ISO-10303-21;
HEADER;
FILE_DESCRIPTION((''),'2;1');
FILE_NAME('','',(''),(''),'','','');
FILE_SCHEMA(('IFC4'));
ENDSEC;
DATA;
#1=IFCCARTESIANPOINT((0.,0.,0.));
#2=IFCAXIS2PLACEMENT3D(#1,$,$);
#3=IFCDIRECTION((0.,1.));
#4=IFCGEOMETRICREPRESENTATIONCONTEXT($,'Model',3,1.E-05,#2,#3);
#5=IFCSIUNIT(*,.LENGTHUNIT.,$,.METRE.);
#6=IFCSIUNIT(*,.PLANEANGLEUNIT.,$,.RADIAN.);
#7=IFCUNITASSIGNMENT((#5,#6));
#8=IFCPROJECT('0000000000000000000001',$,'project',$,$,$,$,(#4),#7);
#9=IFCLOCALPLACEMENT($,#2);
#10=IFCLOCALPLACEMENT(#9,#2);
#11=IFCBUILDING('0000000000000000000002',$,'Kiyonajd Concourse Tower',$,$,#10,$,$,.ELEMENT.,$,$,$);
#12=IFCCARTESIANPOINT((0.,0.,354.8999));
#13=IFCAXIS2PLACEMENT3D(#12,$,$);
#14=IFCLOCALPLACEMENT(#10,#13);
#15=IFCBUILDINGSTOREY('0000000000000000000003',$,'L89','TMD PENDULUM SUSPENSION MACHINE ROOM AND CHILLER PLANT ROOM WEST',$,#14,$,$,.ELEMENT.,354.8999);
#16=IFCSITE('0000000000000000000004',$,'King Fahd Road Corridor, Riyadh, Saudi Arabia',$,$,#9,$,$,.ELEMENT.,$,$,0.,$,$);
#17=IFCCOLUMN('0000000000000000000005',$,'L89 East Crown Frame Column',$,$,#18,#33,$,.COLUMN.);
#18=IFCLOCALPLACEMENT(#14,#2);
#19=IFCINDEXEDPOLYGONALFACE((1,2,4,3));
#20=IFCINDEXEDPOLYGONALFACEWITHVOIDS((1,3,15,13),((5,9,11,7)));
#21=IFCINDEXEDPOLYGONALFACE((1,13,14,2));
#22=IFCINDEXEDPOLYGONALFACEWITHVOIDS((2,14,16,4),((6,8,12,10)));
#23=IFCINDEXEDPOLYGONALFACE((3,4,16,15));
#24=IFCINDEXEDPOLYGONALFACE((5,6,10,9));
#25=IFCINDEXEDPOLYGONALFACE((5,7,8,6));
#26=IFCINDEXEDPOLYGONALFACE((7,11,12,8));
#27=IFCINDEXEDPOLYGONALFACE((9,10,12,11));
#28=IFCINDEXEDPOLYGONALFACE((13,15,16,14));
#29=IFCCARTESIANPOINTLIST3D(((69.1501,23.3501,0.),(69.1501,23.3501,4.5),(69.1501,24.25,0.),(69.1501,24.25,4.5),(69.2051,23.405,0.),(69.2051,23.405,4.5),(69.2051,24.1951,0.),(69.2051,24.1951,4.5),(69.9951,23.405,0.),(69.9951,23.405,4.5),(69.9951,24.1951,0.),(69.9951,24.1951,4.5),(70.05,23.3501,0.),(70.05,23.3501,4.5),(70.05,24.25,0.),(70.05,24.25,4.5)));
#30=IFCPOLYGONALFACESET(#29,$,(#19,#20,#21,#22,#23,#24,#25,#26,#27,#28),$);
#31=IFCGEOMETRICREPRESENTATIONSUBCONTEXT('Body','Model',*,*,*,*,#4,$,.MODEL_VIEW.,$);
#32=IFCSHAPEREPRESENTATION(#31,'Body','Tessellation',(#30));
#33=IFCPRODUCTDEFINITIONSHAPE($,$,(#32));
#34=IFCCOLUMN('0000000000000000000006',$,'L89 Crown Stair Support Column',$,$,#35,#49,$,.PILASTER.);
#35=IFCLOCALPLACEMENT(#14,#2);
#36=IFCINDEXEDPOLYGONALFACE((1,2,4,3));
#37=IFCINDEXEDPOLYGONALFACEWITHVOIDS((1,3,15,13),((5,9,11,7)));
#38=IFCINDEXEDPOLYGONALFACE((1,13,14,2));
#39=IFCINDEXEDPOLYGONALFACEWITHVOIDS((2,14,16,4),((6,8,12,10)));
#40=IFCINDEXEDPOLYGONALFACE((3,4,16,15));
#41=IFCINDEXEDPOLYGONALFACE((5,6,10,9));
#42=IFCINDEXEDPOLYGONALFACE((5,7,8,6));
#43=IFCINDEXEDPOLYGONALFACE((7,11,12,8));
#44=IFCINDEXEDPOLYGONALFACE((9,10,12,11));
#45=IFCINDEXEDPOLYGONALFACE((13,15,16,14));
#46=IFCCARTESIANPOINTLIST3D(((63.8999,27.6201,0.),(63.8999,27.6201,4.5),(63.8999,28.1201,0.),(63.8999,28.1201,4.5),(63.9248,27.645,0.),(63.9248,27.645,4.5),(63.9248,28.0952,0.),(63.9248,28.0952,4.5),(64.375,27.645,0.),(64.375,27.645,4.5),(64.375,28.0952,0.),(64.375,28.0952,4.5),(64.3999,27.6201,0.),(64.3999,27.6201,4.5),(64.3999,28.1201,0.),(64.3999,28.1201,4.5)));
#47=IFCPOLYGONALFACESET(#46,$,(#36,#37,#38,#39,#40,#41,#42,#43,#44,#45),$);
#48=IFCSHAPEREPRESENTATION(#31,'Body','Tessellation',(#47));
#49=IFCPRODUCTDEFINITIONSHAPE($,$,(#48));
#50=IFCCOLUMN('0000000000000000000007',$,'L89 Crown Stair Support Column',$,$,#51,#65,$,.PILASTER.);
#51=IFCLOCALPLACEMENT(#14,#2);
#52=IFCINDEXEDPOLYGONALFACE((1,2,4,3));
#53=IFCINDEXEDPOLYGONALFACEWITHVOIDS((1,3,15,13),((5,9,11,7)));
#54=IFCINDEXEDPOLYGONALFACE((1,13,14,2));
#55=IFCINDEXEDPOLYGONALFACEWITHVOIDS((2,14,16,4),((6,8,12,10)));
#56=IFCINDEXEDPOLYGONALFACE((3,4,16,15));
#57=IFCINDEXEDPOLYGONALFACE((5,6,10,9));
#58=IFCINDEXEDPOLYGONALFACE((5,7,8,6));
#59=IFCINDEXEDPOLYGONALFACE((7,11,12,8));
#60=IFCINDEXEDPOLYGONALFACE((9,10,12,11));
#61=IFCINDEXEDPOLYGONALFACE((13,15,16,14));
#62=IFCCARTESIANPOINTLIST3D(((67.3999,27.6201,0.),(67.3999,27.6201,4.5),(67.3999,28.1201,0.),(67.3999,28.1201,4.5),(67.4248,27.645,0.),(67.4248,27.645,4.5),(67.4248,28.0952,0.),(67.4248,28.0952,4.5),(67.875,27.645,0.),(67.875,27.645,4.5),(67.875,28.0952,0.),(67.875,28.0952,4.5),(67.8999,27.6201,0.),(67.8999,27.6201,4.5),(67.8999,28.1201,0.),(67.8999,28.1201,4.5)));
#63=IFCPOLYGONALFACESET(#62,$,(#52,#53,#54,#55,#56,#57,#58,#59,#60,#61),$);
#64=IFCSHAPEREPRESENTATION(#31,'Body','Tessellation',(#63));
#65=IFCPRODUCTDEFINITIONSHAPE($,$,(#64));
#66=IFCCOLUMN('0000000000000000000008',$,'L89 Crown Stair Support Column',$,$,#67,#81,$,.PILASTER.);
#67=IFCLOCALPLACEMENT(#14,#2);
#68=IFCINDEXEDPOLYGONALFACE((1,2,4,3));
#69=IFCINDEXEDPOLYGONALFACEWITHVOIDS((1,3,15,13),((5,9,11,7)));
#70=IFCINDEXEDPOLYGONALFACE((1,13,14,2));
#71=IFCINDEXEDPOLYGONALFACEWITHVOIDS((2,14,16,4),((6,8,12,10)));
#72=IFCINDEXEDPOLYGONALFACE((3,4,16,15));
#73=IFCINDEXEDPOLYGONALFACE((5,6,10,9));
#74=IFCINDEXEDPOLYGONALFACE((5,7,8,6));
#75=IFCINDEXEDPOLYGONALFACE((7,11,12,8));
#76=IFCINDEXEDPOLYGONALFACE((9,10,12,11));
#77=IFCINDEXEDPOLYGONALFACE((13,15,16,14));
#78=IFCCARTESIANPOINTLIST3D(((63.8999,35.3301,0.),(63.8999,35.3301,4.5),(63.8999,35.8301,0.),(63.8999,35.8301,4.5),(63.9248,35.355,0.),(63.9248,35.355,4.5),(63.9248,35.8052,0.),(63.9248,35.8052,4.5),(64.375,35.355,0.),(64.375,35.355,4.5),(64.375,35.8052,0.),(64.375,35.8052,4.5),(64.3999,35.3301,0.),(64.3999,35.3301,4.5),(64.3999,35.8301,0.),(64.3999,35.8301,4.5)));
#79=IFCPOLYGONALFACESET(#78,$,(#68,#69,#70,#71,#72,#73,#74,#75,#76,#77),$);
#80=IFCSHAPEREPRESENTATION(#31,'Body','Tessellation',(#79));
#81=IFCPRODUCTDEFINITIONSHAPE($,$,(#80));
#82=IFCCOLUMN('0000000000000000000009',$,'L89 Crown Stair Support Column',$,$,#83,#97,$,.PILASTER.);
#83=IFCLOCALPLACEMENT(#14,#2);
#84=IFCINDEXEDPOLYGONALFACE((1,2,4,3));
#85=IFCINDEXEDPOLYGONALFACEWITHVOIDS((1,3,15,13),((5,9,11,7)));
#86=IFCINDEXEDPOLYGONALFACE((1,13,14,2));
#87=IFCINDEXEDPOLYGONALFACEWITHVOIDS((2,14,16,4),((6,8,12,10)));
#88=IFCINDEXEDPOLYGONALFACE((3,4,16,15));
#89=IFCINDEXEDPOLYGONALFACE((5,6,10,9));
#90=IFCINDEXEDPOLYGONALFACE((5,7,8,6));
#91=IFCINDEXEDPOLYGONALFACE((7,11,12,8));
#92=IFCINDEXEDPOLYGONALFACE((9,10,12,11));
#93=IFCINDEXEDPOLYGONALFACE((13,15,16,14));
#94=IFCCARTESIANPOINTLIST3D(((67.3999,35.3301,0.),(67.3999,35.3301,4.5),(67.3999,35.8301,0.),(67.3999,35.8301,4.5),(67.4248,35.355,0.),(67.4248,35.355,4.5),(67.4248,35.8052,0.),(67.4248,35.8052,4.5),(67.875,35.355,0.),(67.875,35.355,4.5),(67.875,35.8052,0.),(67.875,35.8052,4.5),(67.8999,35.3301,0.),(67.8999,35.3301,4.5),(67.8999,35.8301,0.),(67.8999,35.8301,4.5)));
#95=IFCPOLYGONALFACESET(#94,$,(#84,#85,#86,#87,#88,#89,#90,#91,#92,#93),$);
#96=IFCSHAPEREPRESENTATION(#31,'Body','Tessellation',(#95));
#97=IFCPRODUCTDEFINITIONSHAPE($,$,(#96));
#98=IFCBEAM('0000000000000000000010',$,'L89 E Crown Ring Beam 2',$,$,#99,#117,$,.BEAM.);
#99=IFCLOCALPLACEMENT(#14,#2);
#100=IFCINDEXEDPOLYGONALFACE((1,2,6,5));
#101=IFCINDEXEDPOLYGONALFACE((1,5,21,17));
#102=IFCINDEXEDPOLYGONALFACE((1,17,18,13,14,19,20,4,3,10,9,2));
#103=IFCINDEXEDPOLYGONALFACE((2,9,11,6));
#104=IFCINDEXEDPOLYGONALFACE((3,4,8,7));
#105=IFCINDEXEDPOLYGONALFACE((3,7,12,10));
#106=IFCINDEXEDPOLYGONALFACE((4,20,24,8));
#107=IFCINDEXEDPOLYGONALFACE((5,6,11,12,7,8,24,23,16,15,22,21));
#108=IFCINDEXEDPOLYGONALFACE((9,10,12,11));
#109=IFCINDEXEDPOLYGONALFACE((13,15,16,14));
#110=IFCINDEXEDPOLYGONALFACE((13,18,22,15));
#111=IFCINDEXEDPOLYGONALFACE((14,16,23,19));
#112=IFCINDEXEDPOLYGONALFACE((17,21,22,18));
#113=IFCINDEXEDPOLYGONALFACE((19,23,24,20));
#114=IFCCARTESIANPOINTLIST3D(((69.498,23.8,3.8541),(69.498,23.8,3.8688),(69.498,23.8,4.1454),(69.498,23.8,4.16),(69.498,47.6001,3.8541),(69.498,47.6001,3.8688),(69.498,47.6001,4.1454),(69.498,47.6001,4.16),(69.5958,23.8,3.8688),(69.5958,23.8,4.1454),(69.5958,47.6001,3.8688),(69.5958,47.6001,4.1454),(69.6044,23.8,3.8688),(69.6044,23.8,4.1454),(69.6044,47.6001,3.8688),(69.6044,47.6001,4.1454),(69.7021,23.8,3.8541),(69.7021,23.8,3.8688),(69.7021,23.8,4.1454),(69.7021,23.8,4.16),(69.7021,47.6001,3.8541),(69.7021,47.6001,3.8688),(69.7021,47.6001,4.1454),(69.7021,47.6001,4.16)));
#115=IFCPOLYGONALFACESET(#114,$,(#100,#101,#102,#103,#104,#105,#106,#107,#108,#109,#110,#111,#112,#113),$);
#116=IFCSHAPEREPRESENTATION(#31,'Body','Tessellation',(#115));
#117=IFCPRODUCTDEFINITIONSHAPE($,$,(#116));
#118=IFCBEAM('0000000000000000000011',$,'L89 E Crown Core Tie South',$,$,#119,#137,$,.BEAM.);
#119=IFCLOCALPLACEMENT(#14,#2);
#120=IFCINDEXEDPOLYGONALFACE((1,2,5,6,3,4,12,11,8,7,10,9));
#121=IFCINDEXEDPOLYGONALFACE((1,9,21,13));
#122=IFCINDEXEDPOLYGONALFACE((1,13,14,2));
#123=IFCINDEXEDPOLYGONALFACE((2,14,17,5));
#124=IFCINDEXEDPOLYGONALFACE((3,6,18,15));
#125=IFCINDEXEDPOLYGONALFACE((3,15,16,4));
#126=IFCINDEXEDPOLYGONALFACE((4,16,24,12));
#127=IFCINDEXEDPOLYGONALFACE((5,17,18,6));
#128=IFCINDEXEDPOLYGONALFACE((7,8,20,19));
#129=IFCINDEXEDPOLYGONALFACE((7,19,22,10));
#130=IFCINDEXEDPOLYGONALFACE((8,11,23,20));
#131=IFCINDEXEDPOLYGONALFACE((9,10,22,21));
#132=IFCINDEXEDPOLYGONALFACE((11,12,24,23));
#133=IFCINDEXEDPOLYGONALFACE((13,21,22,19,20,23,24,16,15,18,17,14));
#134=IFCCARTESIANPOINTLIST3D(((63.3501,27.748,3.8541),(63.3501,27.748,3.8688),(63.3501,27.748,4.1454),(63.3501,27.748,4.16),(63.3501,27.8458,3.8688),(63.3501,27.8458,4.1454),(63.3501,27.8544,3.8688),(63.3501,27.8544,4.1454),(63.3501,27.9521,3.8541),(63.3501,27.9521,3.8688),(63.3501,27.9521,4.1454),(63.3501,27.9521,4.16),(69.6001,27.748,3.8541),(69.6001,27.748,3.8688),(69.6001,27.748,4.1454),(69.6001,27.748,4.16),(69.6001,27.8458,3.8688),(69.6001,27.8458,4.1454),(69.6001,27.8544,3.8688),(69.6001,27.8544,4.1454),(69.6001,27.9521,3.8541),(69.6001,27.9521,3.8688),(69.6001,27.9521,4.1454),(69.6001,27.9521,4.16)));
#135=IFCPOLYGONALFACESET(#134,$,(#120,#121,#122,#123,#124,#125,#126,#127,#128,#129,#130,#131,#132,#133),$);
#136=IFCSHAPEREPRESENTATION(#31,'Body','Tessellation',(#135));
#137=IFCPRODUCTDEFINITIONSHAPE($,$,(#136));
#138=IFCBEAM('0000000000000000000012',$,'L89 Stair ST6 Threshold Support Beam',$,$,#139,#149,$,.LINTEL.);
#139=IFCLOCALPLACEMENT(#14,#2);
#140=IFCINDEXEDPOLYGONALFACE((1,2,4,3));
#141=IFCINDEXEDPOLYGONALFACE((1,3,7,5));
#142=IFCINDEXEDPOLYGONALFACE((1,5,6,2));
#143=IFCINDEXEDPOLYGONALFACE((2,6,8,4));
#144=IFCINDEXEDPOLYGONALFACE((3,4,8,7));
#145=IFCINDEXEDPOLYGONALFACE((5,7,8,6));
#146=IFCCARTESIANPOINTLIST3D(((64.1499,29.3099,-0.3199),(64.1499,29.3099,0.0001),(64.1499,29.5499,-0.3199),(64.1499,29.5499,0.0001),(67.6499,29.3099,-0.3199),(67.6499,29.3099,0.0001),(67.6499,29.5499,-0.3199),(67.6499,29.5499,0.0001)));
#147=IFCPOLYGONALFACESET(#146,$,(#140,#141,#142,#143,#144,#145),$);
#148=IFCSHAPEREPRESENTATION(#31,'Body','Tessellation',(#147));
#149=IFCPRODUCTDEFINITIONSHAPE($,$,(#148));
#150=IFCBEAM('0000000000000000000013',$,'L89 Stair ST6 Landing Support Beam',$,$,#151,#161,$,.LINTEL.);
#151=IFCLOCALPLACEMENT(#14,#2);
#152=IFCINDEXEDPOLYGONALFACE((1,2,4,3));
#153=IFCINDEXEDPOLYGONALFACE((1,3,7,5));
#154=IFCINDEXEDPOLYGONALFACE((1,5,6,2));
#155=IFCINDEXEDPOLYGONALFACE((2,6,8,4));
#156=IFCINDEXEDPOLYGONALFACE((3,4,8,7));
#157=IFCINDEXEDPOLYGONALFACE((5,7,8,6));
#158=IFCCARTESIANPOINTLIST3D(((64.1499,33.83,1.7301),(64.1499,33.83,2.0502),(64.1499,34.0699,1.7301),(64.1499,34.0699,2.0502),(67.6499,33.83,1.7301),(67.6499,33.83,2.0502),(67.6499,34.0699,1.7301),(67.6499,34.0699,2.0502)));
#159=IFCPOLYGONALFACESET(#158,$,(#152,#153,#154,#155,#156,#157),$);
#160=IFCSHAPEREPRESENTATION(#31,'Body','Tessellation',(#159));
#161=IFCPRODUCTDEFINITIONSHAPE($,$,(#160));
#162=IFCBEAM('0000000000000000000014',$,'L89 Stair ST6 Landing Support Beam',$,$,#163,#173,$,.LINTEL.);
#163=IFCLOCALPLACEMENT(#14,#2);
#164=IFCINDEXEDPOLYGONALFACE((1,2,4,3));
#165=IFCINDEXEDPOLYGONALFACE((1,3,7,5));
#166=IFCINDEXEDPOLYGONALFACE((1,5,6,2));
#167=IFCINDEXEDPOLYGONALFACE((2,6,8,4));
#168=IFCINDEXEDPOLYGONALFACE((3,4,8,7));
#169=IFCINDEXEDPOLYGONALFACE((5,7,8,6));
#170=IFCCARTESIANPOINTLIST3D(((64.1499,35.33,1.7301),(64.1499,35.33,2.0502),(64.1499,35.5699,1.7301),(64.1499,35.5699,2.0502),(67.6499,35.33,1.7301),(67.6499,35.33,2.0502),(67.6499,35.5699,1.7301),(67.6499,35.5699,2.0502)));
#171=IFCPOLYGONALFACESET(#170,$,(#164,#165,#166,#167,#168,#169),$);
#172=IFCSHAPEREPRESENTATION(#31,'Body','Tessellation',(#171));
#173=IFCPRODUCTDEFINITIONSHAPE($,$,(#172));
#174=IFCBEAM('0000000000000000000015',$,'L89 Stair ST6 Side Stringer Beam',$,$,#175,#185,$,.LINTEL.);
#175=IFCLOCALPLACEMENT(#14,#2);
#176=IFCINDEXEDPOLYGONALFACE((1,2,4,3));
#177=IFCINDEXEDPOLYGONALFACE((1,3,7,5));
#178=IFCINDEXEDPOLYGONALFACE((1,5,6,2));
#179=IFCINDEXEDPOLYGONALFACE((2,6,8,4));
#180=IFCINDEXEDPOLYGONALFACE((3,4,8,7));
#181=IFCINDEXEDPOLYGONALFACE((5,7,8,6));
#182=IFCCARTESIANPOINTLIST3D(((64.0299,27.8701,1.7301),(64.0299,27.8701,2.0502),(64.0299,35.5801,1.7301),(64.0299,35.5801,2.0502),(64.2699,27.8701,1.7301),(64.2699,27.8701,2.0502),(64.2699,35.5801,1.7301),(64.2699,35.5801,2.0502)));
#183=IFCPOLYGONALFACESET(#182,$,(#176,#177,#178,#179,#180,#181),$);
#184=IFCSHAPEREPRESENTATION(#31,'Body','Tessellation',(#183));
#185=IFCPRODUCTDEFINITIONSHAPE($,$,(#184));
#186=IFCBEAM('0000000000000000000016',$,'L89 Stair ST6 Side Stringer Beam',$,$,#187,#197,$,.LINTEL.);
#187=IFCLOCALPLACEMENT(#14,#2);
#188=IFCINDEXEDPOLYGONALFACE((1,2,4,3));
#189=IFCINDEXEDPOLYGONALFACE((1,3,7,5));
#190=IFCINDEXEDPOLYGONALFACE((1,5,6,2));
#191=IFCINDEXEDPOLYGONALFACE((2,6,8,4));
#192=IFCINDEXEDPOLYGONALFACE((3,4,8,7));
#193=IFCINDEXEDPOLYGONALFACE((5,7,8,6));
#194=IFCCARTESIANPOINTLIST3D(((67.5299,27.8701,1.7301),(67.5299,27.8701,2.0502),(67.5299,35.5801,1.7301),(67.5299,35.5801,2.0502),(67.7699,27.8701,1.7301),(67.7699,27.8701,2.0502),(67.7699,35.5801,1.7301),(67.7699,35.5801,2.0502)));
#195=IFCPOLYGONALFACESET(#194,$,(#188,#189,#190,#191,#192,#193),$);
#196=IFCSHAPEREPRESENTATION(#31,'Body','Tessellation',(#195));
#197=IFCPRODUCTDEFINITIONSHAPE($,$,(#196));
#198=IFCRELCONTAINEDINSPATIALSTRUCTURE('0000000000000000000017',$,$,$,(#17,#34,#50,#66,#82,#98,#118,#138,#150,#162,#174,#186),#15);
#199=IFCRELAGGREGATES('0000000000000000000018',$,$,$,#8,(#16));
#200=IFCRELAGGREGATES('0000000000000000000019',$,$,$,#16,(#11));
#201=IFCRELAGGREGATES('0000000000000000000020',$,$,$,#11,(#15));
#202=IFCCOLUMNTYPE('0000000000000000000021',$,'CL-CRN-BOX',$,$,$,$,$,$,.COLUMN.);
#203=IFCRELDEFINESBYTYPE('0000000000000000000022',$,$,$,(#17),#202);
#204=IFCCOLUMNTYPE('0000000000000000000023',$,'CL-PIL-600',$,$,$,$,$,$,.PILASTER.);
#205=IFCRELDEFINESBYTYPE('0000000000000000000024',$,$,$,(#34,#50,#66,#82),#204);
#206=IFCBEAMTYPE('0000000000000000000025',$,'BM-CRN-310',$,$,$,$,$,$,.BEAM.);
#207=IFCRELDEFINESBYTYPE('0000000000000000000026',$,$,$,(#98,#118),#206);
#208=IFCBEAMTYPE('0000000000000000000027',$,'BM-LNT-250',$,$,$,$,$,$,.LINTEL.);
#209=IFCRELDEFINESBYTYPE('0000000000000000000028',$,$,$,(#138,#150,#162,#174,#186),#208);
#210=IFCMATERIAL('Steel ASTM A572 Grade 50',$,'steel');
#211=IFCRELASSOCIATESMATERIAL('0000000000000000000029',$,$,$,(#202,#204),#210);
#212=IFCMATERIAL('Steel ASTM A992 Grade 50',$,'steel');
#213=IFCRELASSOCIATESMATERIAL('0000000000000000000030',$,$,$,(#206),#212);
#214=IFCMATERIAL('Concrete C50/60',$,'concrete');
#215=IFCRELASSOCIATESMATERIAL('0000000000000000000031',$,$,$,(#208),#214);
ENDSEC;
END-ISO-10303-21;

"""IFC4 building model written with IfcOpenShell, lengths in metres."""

from ifc_helpers import new_model, si_unit, direction, frame, origin, origin_2d, place, context, subcontext, project, spatial, rectangle, hollow_rectangle, i_section, extrude, material, material_profile, profile_set, type_object, element, save


model = new_model("IFC4")

# Units and contexts
model_context = context("Model", 3, precision=1e-05, world=origin(), true_north=direction((0.0, 1.0)))
body_context = subcontext(model_context, "Body", "Model", "MODEL_VIEW")
ifc_project = project(units=[si_unit("LENGTHUNIT", "METRE"), si_unit("PLANEANGLEUNIT", "RADIAN")], contexts=[model_context])

# Site, building, storey
site_placement = place(None, origin())
site = spatial("IfcSite", under=ifc_project, at=site_placement, Name="King Fahd Road Corridor, Riyadh, Saudi Arabia", CompositionType="ELEMENT", RefElevation=0.0)
building_placement = place(site_placement, origin())
building = spatial("IfcBuilding", under=site, at=building_placement, Name="Kiyonajd Concourse Tower", CompositionType="ELEMENT")
storey_placement = place(building_placement, frame((0.0, 0.0, 354.8999)))
storey = spatial("IfcBuildingStorey", under=building, at=storey_placement, Name="L89", Description="TMD PENDULUM SUSPENSION MACHINE ROOM AND CHILLER PLANT ROOM WEST", CompositionType="ELEMENT", Elevation=354.8999)

# Columns
ifc_material_1 = material(Name="Steel ASTM A572 Grade 50", Category="steel")
ifc_material_profile_1 = material_profile(ifc_material_1, hollow_rectangle(XDim=0.8999, YDim=0.8999, WallThickness=0.0549, at=origin_2d()), Name="BOX-900x900x55")
ifc_profile_set_1 = profile_set([ifc_material_profile_1], Name="Steel ASTM A572 Grade 50")
column_type_1 = type_object("IfcColumnType", Name="CL-CRN-BOX", PredefinedType="COLUMN", material=ifc_profile_set_1)
column_placement = place(storey_placement, frame((69.6001, 23.8, 0.0), z_axis=(0.0, 0.0, 1.0), x_axis=(1.0, 0.0, 0.0)))
element("IfcColumn", 1, at=column_placement, inside=storey, type_object=column_type_1, Name="L89 East Crown Frame Column", PredefinedType="COLUMN", context=body_context, shape_type="SweptSolid", body=[
    extrude(hollow_rectangle(XDim=0.8999, YDim=0.8999, WallThickness=0.0549, at=origin_2d()), origin(), (0.0, 0.0, 1.0), 4.5),
])
ifc_material_profile_2 = material_profile(ifc_material_1, hollow_rectangle(XDim=0.5, YDim=0.5, WallThickness=0.0249, at=origin_2d()), Name="HSS-500x500x25")
ifc_profile_set_2 = profile_set([ifc_material_profile_2], Name="Steel ASTM A572 Grade 50")
column_type_2 = type_object("IfcColumnType", Name="CL-PIL-600", PredefinedType="PILASTER", material=ifc_profile_set_2)
for number, where, z_axis, x_axis, name in (
    (2, (64.1499, 27.8701, 0.0), (0.0, 0.0, 1.0), (1.0, 0.0, 0.0), "L89 Crown Stair Support Column"),
    (3, (67.6499, 27.8701, 0.0), (0.0, 0.0, 1.0), (1.0, 0.0, 0.0), "L89 Crown Stair Support Column"),
    (4, (64.1499, 35.5801, 0.0), (0.0, 0.0, 1.0), (1.0, 0.0, 0.0), "L89 Crown Stair Support Column"),
    (5, (67.6499, 35.5801, 0.0), (0.0, 0.0, 1.0), (1.0, 0.0, 0.0), "L89 Crown Stair Support Column"),
):
    element("IfcColumn", number, at=place(storey_placement, frame(where, z_axis=z_axis, x_axis=x_axis)), inside=storey, type_object=column_type_2, Name=name, PredefinedType="PILASTER", context=body_context, shape_type="SweptSolid", body=[
        extrude(hollow_rectangle(XDim=0.5, YDim=0.5, WallThickness=0.0249, at=origin_2d()), origin(), (0.0, 0.0, 1.0), 4.5),
    ])

# Beams
ifc_material_2 = material(Name="Steel ASTM A992 Grade 50", Category="steel")
ifc_material_profile_3 = material_profile(ifc_material_2, i_section(OverallWidth=0.2041, OverallDepth=0.3059, WebThickness=0.0085, FlangeThickness=0.0146, at=origin_2d()), Name="W310X67")
ifc_profile_set_3 = profile_set([ifc_material_profile_3], Name="Steel ASTM A992 Grade 50")
beam_type_1 = type_object("IfcBeamType", Name="BM-CRN-310", PredefinedType="BEAM", material=ifc_profile_set_3)
beam_1_placement = place(storey_placement, frame((69.6001, 23.8, 4.0071), z_axis=(0.0, 1.0, 0.0), x_axis=(-1.0, 0.0, 0.0)))
element("IfcBeam", 6, at=beam_1_placement, inside=storey, type_object=beam_type_1, Name="L89 E Crown Ring Beam 2", PredefinedType="BEAM", context=body_context, shape_type="SweptSolid", body=[
    extrude(i_section(OverallWidth=0.2041, OverallDepth=0.3059, WebThickness=0.0085, FlangeThickness=0.0146, at=origin_2d()), origin(), (0.0, 0.0, 1.0), 23.8),
])
beam_2_placement = place(storey_placement, frame((63.3501, 27.8501, 4.0071), z_axis=(1.0, 0.0, 0.0), x_axis=(0.0, 1.0, 0.0)))
element("IfcBeam", 7, at=beam_2_placement, inside=storey, type_object=beam_type_1, Name="L89 E Crown Core Tie South", PredefinedType="BEAM", context=body_context, shape_type="SweptSolid", body=[
    extrude(i_section(OverallWidth=0.2041, OverallDepth=0.3059, WebThickness=0.0085, FlangeThickness=0.0146, at=origin_2d()), origin(), (0.0, 0.0, 1.0), 6.25),
])
ifc_material_3 = material(Name="Concrete C50/60", Category="concrete")
ifc_material_profile_4 = material_profile(ifc_material_3, rectangle(XDim=0.24, YDim=0.3201, at=origin_2d()), Name="RCBM-240x320")
ifc_profile_set_4 = profile_set([ifc_material_profile_4], Name="Concrete C50/60")
beam_type_2 = type_object("IfcBeamType", Name="BM-LNT-250", PredefinedType="LINTEL", material=ifc_profile_set_4)
for number, where, z_axis, x_axis, name in (
    (8, (64.1499, 29.4299, -0.1599), (1.0, 0.0, 0.0), (0.0, 1.0, 0.0), "L89 Stair ST6 Threshold Support Beam"),
    (9, (64.1499, 33.95, 1.8901), (1.0, 0.0, 0.0), (0.0, 1.0, 0.0), "L89 Stair ST6 Landing Support Beam"),
    (10, (64.1499, 35.45, 1.8901), (1.0, 0.0, 0.0), (0.0, 1.0, 0.0), "L89 Stair ST6 Landing Support Beam"),
):
    element("IfcBeam", number, at=place(storey_placement, frame(where, z_axis=z_axis, x_axis=x_axis)), inside=storey, type_object=beam_type_2, Name=name, PredefinedType="LINTEL", context=body_context, shape_type="SweptSolid", body=[
        extrude(rectangle(XDim=0.24, YDim=0.3201, at=origin_2d()), origin(), (0.0, 0.0, 1.0), 3.5),
    ])
for number, where, z_axis, x_axis, name in (
    (11, (64.1499, 27.8701, 1.8901), (0.0, 1.0, 0.0), (-1.0, 0.0, 0.0), "L89 Stair ST6 Side Stringer Beam"),
    (12, (67.6499, 27.8701, 1.8901), (0.0, 1.0, 0.0), (-1.0, 0.0, 0.0), "L89 Stair ST6 Side Stringer Beam"),
):
    element("IfcBeam", number, at=place(storey_placement, frame(where, z_axis=z_axis, x_axis=x_axis)), inside=storey, type_object=beam_type_2, Name=name, PredefinedType="LINTEL", context=body_context, shape_type="SweptSolid", body=[
        extrude(rectangle(XDim=0.24, YDim=0.3201, at=origin_2d()), origin(), (0.0, 0.0, 1.0), 7.71),
    ])

save(model, "model.ifc")
